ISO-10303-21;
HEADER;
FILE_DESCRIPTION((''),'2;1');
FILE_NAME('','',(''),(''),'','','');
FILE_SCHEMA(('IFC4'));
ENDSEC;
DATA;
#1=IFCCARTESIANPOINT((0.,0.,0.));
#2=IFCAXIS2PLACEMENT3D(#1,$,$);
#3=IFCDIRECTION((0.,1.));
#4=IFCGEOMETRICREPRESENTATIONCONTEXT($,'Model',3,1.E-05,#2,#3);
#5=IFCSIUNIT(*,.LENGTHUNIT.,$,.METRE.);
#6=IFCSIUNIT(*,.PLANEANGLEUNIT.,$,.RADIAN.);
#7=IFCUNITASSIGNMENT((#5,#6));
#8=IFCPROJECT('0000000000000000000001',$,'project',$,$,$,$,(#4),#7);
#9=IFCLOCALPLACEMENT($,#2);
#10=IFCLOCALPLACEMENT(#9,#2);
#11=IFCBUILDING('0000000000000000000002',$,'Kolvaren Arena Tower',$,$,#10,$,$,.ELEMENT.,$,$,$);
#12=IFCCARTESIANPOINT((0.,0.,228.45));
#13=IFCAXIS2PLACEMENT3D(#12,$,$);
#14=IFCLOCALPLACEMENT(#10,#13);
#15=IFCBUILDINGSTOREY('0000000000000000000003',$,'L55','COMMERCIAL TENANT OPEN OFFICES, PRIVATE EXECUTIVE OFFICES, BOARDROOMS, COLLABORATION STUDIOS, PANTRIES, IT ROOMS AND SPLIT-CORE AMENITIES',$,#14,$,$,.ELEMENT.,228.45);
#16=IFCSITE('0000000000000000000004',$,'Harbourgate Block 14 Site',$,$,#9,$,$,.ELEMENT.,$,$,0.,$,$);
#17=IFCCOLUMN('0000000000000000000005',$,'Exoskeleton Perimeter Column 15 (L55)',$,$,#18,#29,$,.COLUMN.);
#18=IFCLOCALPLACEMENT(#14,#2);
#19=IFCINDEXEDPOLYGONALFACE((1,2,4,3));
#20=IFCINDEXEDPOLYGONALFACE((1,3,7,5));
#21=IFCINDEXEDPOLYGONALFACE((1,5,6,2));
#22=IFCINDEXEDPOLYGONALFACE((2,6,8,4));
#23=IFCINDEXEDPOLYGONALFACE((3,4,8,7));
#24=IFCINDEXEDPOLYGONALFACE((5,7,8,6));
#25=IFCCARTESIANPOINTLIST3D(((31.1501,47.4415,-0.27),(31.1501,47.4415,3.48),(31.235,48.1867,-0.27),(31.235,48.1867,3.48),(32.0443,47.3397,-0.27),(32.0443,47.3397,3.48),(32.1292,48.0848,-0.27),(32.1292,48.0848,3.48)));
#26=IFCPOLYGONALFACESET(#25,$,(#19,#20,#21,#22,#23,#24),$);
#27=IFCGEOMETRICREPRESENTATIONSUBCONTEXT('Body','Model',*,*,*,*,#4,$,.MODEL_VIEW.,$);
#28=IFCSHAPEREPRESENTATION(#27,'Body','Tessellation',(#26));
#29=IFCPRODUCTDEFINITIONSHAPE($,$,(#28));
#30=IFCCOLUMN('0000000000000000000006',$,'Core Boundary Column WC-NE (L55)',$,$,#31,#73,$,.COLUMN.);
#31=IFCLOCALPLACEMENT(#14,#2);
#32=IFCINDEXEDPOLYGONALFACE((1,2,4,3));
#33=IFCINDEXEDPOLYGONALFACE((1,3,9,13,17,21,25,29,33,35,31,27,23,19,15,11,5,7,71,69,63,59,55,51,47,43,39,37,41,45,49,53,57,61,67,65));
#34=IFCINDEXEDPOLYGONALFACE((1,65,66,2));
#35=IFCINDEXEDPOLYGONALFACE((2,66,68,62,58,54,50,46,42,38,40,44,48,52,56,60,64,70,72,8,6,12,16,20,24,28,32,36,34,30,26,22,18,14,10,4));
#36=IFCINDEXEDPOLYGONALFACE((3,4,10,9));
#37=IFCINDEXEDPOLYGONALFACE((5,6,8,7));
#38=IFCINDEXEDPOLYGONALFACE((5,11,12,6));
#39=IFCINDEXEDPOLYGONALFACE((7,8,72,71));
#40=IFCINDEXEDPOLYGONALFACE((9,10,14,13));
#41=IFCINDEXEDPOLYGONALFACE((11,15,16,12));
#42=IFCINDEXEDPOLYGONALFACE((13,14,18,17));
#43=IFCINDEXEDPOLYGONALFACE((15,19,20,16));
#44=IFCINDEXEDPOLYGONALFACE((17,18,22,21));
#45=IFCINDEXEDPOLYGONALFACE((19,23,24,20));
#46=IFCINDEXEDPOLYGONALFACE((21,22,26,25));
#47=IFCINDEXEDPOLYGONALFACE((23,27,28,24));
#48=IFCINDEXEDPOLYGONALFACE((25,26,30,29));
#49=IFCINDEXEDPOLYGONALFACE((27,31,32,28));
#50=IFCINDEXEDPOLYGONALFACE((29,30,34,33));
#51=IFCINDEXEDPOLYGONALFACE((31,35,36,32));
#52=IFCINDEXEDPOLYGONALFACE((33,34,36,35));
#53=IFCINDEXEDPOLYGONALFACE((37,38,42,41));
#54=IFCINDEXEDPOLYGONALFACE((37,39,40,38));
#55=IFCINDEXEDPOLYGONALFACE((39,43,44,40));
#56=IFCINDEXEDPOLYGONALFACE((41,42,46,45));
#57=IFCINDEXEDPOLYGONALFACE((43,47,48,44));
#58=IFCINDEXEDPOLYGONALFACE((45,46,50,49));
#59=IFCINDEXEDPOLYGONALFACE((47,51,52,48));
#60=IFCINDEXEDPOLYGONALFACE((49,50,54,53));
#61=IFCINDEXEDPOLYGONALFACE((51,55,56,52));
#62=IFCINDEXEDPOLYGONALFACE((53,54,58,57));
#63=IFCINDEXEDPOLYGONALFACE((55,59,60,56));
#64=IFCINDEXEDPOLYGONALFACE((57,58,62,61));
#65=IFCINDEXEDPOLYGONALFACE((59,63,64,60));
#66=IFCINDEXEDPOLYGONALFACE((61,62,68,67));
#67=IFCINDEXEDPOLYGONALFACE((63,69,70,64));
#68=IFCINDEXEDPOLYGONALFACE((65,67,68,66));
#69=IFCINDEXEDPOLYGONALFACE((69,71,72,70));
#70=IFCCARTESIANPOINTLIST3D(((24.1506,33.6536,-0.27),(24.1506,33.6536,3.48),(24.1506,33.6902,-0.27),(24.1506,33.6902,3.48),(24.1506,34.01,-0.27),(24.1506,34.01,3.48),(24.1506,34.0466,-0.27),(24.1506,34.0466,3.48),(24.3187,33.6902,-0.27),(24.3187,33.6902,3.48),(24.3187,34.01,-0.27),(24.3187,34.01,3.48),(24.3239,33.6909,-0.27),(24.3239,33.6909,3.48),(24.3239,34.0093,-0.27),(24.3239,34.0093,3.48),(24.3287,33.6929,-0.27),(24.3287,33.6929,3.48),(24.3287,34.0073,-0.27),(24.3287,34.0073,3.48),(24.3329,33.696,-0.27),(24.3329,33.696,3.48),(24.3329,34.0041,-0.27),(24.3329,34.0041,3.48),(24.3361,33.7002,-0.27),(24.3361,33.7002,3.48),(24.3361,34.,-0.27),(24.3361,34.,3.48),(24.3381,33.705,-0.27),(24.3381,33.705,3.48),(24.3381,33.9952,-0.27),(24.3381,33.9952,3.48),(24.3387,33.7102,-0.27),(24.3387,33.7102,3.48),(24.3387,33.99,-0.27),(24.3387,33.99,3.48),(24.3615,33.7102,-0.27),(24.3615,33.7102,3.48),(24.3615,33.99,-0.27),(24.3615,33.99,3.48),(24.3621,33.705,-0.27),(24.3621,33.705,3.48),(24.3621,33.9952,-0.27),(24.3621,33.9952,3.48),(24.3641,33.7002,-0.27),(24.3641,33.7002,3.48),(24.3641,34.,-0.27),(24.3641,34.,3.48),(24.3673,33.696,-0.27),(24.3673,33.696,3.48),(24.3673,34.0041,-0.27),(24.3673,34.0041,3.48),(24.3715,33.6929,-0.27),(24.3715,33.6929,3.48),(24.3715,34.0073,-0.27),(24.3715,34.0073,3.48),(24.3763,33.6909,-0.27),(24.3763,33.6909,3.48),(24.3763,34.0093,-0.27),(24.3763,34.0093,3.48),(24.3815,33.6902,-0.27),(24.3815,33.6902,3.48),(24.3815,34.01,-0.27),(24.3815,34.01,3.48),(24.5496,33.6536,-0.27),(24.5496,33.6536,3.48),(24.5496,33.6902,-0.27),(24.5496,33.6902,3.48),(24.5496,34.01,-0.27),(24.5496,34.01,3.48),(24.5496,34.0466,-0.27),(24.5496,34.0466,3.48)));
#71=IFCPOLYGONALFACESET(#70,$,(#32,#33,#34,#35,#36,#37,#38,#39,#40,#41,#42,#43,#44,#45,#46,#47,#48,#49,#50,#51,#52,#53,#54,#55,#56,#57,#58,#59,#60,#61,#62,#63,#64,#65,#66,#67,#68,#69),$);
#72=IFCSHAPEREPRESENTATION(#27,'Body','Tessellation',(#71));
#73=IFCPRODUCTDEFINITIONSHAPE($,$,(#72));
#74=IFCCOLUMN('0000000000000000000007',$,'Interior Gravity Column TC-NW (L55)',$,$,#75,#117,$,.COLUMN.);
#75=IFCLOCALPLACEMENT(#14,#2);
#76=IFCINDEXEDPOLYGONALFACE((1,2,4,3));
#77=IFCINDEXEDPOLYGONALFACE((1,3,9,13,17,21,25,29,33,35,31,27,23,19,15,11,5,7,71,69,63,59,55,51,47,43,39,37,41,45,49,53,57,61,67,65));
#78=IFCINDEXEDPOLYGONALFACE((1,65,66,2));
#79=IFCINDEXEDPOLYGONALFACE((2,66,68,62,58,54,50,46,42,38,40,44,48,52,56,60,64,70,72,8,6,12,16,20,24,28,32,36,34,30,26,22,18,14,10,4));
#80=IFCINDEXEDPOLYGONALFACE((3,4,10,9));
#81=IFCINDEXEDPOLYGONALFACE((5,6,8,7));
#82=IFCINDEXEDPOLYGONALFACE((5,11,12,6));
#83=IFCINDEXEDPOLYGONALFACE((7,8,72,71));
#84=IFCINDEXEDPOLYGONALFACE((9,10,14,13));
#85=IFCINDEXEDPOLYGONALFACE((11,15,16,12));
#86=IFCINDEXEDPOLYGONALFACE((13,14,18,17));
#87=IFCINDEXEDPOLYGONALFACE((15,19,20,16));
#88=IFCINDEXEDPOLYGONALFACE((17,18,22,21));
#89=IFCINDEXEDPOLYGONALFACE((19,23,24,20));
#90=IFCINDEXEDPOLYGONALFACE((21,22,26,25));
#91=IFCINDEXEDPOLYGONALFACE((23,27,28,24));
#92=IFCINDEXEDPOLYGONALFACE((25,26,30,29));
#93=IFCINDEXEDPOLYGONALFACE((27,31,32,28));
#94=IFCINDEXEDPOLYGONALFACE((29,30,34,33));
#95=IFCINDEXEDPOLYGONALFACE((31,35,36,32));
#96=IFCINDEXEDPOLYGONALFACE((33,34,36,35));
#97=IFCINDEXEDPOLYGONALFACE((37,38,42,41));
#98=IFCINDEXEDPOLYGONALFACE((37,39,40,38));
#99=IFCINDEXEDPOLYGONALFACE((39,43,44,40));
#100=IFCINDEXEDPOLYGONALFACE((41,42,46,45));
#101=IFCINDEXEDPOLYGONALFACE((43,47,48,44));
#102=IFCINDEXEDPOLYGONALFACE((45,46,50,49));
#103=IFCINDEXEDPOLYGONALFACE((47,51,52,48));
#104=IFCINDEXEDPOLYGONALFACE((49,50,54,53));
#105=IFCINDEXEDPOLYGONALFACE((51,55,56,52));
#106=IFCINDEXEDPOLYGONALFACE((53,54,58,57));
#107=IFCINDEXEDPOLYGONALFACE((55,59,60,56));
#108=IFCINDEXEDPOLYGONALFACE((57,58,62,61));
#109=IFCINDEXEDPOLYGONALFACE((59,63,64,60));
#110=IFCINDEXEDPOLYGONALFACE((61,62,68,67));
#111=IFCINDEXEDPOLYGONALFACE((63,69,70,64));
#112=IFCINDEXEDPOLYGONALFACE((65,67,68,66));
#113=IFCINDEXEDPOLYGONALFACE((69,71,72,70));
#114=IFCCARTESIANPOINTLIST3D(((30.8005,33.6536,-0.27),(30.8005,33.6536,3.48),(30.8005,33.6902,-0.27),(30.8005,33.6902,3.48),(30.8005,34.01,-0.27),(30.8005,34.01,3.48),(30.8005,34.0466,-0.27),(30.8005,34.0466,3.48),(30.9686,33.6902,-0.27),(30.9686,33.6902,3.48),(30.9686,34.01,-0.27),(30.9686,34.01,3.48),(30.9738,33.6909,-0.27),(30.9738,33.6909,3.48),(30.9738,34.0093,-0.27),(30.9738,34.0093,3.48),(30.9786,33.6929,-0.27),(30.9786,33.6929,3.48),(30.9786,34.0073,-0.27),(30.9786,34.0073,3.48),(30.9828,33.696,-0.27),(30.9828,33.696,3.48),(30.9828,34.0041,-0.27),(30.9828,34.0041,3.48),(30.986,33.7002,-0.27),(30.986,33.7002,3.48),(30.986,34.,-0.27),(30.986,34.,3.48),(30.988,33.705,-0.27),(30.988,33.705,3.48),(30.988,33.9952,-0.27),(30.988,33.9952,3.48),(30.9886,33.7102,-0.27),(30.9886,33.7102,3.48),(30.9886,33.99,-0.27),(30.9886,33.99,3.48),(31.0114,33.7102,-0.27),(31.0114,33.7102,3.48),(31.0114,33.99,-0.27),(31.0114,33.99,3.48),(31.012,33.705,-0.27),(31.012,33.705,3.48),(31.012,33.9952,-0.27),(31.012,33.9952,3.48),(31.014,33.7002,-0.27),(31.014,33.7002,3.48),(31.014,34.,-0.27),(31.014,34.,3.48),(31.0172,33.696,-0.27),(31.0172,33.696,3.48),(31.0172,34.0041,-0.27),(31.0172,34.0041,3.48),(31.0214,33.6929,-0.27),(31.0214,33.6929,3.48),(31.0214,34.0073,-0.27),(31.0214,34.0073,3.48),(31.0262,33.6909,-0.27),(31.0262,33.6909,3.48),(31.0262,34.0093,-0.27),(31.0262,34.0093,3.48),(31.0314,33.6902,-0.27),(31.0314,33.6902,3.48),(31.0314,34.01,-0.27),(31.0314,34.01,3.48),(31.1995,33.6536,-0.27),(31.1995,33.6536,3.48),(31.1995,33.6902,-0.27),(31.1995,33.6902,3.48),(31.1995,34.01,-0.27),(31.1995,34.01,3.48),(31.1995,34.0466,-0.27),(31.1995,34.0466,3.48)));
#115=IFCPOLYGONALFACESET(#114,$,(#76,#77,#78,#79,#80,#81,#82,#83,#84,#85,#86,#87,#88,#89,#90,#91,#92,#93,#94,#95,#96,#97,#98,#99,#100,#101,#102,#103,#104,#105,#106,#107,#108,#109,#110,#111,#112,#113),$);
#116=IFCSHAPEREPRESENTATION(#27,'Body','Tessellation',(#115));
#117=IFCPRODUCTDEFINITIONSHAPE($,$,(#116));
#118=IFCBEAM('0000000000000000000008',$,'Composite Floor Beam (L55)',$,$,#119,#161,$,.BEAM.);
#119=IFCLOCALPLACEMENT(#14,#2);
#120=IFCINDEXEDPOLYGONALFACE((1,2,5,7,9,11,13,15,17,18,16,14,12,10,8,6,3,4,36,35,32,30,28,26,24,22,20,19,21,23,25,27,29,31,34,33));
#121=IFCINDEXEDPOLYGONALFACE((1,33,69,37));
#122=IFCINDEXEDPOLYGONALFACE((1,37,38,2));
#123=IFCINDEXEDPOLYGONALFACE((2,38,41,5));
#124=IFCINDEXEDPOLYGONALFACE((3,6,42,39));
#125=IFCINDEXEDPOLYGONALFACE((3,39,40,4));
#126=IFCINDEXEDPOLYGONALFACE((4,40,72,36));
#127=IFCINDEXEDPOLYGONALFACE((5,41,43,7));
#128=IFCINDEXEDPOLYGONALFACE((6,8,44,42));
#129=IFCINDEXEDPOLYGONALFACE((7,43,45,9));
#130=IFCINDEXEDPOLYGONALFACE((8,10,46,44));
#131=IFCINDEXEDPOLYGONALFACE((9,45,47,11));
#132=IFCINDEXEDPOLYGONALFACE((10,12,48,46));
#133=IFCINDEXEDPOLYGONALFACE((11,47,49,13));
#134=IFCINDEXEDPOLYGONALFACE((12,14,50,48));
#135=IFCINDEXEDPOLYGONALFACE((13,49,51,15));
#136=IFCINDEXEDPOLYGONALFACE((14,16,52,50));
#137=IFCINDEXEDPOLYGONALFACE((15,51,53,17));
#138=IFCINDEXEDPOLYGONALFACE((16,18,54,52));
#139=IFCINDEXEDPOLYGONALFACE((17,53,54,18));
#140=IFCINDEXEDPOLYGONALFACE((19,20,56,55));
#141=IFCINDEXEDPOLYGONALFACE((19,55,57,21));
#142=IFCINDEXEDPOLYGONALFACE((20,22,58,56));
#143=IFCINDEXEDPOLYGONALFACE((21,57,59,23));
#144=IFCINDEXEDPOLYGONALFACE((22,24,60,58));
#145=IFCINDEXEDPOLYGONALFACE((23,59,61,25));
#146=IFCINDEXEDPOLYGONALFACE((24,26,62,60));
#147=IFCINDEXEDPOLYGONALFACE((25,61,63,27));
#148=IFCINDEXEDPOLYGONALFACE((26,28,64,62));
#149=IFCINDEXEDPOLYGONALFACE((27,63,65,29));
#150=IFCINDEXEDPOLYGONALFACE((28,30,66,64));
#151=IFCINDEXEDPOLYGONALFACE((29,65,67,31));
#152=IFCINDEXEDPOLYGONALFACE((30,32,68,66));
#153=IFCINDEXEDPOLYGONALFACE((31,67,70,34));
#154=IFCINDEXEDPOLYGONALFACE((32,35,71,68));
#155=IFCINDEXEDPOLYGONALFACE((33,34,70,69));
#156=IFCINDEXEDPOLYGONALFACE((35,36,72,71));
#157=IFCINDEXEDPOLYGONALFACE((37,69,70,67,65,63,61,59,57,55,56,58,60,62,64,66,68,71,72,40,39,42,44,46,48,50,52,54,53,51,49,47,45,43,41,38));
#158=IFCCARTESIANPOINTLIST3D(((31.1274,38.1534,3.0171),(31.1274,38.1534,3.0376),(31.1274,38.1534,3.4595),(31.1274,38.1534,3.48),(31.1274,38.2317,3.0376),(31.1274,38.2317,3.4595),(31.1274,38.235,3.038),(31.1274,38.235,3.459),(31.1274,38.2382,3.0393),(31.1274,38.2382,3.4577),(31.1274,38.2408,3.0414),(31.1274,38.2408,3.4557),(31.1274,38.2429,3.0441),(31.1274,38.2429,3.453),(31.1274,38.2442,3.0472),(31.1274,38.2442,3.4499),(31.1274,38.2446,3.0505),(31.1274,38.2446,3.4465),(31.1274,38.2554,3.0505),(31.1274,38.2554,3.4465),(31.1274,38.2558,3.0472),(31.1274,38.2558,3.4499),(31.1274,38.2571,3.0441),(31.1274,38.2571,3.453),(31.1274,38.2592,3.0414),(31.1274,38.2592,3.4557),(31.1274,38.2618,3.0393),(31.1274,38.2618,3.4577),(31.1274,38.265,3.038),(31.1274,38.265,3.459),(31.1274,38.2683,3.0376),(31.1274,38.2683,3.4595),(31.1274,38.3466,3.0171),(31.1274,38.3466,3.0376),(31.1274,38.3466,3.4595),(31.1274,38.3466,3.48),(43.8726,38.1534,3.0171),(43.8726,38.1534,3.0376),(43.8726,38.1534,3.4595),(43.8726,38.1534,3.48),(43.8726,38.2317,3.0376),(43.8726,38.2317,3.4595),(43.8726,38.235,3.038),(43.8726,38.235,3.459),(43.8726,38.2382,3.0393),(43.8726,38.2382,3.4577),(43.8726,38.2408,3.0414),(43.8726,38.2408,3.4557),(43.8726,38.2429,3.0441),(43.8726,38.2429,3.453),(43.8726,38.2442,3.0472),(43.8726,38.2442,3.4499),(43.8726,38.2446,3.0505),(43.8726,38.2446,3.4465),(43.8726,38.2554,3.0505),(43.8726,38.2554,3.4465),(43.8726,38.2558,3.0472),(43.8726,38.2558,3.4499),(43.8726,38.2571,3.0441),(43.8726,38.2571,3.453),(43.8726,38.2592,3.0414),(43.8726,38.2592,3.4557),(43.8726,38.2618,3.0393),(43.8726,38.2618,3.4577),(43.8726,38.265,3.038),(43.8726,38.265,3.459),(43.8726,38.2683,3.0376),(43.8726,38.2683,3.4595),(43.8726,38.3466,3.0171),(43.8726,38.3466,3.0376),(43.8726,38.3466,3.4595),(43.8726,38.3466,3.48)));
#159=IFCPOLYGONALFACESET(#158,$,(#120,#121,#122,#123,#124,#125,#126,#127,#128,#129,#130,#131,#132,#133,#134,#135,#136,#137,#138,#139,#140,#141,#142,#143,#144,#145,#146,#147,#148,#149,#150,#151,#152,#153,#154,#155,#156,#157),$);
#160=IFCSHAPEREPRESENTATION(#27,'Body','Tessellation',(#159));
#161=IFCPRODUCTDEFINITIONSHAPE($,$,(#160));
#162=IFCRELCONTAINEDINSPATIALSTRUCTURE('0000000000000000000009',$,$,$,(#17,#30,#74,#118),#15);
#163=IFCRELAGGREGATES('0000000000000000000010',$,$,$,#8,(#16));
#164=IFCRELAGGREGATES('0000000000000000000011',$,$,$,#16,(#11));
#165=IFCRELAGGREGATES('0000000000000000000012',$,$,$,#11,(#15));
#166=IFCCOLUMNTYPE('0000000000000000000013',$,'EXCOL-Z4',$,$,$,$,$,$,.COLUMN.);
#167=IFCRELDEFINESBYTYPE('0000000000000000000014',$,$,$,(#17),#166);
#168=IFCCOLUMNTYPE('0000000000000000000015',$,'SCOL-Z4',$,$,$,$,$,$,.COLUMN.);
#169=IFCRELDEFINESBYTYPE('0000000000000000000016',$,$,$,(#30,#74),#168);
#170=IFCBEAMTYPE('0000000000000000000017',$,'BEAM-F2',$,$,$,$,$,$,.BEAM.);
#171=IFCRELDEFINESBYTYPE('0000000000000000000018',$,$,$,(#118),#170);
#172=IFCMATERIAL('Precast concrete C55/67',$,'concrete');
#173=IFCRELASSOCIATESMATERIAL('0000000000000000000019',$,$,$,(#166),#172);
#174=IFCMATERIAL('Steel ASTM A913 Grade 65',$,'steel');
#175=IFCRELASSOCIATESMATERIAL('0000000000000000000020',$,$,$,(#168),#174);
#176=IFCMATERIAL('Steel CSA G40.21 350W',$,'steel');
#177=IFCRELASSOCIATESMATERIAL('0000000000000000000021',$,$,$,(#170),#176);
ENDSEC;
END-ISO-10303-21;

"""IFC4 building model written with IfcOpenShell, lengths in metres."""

from ifc_helpers import new_model, si_unit, direction, frame, origin, origin_2d, place, context, subcontext, project, spatial, rectangle, i_section, extrude, material, material_profile, profile_set, type_object, element, save


model = new_model("IFC4")

# Units and contexts
model_context = context("Model", 3, precision=1e-05, world=origin(), true_north=direction((0.0, 1.0)))
body_context = subcontext(model_context, "Body", "Model", "MODEL_VIEW")
ifc_project = project(units=[si_unit("LENGTHUNIT", "METRE"), si_unit("PLANEANGLEUNIT", "RADIAN")], contexts=[model_context])

# Site, building, storey
site_placement = place(None, origin())
site = spatial("IfcSite", under=ifc_project, at=site_placement, Name="Harbourgate Block 14 Site", CompositionType="ELEMENT", RefElevation=0.0)
building_placement = place(site_placement, origin())
building = spatial("IfcBuilding", under=site, at=building_placement, Name="Kolvaren Arena Tower", CompositionType="ELEMENT")
storey_placement = place(building_placement, frame((0.0, 0.0, 228.45)))
storey = spatial("IfcBuildingStorey", under=building, at=storey_placement, Name="L55", Description="COMMERCIAL TENANT OPEN OFFICES, PRIVATE EXECUTIVE OFFICES, BOARDROOMS, COLLABORATION STUDIOS, PANTRIES, IT ROOMS AND SPLIT-CORE AMENITIES", CompositionType="ELEMENT", Elevation=228.45)

# Columns
ifc_material_1 = material(Name="Precast concrete C55/67", Category="concrete")
ifc_material_profile_1 = material_profile(ifc_material_1, rectangle(XDim=0.8999, YDim=0.75, at=origin_2d()), Name="RC-900x750")
ifc_profile_set_1 = profile_set([ifc_material_profile_1], Name="Precast concrete C55/67")
column_type_1 = type_object("IfcColumnType", Name="EXCOL-Z4", PredefinedType="COLUMN", material=ifc_profile_set_1)
column_placement = place(storey_placement, frame((31.6396, 47.7632, -0.27), z_axis=(0.0, 0.0, 1.0), x_axis=(0.993572, -0.113203, 0.0)))
element("IfcColumn", 1, at=column_placement, inside=storey, type_object=column_type_1, Name="Exoskeleton Perimeter Column 15 (L55)", PredefinedType="COLUMN", context=body_context, shape_type="SweptSolid", body=[
    extrude(rectangle(XDim=0.8999, YDim=0.75, at=origin_2d()), origin(), (0.0, 0.0, 1.0), 3.75),
])
ifc_material_2 = material(Name="Steel ASTM A913 Grade 65", Category="steel")
ifc_material_profile_2 = material_profile(ifc_material_2, i_section(OverallWidth=0.3989, OverallDepth=0.3931, WebThickness=0.0227, FlangeThickness=0.0366, FilletRadius=0.02, at=origin_2d()), Name="W360x287")
ifc_profile_set_2 = profile_set([ifc_material_profile_2], Name="Steel ASTM A913 Grade 65")
column_type_2 = type_object("IfcColumnType", Name="SCOL-Z4", PredefinedType="COLUMN", material=ifc_profile_set_2)
for number, where, z_axis, x_axis, name in (
    (2, (24.3501, 33.8501, -0.27), (0.0, 0.0, 1.0), (1.0, 0.0, 0.0), "Core Boundary Column WC-NE (L55)"),
    (3, (31.0, 33.8501, -0.27), (0.0, 0.0, 1.0), (1.0, 0.0, 0.0), "Interior Gravity Column TC-NW (L55)"),
):
    element("IfcColumn", number, at=place(storey_placement, frame(where, z_axis=z_axis, x_axis=x_axis)), inside=storey, type_object=column_type_2, Name=name, PredefinedType="COLUMN", context=body_context, shape_type="SweptSolid", body=[
        extrude(i_section(OverallWidth=0.3989, OverallDepth=0.3931, WebThickness=0.0227, FlangeThickness=0.0366, FilletRadius=0.02, at=origin_2d()), origin(), (0.0, 0.0, 1.0), 3.75),
    ])

# Beam
ifc_material_3 = material(Name="Steel CSA G40.21 350W", Category="steel")
ifc_material_profile_3 = material_profile(ifc_material_3, i_section(OverallWidth=0.1931, OverallDepth=0.4629, WebThickness=0.0107, FlangeThickness=0.0205, FilletRadius=0.0129, at=origin_2d()), Name="W460x113")
ifc_profile_set_3 = profile_set([ifc_material_profile_3], Name="Steel CSA G40.21 350W")
beam_type_1 = type_object("IfcBeamType", Name="BEAM-F2", PredefinedType="BEAM", material=ifc_profile_set_3)
beam_1_placement = place(storey_placement, frame((31.1274, 38.25, 3.2485), z_axis=(1.0, 0.0, 0.0), x_axis=(0.0, 1.0, 0.0)))
element("IfcBeam", 4, at=beam_1_placement, inside=storey, type_object=beam_type_1, Name="Composite Floor Beam (L55)", PredefinedType="BEAM", context=body_context, shape_type="SweptSolid", body=[
    extrude(i_section(OverallWidth=0.1931, OverallDepth=0.4629, WebThickness=0.0107, FlangeThickness=0.0205, FilletRadius=0.0129, at=origin_2d()), origin(), (0.0, 0.0, 1.0), 12.7451),
])

save(model, "model.ifc")
